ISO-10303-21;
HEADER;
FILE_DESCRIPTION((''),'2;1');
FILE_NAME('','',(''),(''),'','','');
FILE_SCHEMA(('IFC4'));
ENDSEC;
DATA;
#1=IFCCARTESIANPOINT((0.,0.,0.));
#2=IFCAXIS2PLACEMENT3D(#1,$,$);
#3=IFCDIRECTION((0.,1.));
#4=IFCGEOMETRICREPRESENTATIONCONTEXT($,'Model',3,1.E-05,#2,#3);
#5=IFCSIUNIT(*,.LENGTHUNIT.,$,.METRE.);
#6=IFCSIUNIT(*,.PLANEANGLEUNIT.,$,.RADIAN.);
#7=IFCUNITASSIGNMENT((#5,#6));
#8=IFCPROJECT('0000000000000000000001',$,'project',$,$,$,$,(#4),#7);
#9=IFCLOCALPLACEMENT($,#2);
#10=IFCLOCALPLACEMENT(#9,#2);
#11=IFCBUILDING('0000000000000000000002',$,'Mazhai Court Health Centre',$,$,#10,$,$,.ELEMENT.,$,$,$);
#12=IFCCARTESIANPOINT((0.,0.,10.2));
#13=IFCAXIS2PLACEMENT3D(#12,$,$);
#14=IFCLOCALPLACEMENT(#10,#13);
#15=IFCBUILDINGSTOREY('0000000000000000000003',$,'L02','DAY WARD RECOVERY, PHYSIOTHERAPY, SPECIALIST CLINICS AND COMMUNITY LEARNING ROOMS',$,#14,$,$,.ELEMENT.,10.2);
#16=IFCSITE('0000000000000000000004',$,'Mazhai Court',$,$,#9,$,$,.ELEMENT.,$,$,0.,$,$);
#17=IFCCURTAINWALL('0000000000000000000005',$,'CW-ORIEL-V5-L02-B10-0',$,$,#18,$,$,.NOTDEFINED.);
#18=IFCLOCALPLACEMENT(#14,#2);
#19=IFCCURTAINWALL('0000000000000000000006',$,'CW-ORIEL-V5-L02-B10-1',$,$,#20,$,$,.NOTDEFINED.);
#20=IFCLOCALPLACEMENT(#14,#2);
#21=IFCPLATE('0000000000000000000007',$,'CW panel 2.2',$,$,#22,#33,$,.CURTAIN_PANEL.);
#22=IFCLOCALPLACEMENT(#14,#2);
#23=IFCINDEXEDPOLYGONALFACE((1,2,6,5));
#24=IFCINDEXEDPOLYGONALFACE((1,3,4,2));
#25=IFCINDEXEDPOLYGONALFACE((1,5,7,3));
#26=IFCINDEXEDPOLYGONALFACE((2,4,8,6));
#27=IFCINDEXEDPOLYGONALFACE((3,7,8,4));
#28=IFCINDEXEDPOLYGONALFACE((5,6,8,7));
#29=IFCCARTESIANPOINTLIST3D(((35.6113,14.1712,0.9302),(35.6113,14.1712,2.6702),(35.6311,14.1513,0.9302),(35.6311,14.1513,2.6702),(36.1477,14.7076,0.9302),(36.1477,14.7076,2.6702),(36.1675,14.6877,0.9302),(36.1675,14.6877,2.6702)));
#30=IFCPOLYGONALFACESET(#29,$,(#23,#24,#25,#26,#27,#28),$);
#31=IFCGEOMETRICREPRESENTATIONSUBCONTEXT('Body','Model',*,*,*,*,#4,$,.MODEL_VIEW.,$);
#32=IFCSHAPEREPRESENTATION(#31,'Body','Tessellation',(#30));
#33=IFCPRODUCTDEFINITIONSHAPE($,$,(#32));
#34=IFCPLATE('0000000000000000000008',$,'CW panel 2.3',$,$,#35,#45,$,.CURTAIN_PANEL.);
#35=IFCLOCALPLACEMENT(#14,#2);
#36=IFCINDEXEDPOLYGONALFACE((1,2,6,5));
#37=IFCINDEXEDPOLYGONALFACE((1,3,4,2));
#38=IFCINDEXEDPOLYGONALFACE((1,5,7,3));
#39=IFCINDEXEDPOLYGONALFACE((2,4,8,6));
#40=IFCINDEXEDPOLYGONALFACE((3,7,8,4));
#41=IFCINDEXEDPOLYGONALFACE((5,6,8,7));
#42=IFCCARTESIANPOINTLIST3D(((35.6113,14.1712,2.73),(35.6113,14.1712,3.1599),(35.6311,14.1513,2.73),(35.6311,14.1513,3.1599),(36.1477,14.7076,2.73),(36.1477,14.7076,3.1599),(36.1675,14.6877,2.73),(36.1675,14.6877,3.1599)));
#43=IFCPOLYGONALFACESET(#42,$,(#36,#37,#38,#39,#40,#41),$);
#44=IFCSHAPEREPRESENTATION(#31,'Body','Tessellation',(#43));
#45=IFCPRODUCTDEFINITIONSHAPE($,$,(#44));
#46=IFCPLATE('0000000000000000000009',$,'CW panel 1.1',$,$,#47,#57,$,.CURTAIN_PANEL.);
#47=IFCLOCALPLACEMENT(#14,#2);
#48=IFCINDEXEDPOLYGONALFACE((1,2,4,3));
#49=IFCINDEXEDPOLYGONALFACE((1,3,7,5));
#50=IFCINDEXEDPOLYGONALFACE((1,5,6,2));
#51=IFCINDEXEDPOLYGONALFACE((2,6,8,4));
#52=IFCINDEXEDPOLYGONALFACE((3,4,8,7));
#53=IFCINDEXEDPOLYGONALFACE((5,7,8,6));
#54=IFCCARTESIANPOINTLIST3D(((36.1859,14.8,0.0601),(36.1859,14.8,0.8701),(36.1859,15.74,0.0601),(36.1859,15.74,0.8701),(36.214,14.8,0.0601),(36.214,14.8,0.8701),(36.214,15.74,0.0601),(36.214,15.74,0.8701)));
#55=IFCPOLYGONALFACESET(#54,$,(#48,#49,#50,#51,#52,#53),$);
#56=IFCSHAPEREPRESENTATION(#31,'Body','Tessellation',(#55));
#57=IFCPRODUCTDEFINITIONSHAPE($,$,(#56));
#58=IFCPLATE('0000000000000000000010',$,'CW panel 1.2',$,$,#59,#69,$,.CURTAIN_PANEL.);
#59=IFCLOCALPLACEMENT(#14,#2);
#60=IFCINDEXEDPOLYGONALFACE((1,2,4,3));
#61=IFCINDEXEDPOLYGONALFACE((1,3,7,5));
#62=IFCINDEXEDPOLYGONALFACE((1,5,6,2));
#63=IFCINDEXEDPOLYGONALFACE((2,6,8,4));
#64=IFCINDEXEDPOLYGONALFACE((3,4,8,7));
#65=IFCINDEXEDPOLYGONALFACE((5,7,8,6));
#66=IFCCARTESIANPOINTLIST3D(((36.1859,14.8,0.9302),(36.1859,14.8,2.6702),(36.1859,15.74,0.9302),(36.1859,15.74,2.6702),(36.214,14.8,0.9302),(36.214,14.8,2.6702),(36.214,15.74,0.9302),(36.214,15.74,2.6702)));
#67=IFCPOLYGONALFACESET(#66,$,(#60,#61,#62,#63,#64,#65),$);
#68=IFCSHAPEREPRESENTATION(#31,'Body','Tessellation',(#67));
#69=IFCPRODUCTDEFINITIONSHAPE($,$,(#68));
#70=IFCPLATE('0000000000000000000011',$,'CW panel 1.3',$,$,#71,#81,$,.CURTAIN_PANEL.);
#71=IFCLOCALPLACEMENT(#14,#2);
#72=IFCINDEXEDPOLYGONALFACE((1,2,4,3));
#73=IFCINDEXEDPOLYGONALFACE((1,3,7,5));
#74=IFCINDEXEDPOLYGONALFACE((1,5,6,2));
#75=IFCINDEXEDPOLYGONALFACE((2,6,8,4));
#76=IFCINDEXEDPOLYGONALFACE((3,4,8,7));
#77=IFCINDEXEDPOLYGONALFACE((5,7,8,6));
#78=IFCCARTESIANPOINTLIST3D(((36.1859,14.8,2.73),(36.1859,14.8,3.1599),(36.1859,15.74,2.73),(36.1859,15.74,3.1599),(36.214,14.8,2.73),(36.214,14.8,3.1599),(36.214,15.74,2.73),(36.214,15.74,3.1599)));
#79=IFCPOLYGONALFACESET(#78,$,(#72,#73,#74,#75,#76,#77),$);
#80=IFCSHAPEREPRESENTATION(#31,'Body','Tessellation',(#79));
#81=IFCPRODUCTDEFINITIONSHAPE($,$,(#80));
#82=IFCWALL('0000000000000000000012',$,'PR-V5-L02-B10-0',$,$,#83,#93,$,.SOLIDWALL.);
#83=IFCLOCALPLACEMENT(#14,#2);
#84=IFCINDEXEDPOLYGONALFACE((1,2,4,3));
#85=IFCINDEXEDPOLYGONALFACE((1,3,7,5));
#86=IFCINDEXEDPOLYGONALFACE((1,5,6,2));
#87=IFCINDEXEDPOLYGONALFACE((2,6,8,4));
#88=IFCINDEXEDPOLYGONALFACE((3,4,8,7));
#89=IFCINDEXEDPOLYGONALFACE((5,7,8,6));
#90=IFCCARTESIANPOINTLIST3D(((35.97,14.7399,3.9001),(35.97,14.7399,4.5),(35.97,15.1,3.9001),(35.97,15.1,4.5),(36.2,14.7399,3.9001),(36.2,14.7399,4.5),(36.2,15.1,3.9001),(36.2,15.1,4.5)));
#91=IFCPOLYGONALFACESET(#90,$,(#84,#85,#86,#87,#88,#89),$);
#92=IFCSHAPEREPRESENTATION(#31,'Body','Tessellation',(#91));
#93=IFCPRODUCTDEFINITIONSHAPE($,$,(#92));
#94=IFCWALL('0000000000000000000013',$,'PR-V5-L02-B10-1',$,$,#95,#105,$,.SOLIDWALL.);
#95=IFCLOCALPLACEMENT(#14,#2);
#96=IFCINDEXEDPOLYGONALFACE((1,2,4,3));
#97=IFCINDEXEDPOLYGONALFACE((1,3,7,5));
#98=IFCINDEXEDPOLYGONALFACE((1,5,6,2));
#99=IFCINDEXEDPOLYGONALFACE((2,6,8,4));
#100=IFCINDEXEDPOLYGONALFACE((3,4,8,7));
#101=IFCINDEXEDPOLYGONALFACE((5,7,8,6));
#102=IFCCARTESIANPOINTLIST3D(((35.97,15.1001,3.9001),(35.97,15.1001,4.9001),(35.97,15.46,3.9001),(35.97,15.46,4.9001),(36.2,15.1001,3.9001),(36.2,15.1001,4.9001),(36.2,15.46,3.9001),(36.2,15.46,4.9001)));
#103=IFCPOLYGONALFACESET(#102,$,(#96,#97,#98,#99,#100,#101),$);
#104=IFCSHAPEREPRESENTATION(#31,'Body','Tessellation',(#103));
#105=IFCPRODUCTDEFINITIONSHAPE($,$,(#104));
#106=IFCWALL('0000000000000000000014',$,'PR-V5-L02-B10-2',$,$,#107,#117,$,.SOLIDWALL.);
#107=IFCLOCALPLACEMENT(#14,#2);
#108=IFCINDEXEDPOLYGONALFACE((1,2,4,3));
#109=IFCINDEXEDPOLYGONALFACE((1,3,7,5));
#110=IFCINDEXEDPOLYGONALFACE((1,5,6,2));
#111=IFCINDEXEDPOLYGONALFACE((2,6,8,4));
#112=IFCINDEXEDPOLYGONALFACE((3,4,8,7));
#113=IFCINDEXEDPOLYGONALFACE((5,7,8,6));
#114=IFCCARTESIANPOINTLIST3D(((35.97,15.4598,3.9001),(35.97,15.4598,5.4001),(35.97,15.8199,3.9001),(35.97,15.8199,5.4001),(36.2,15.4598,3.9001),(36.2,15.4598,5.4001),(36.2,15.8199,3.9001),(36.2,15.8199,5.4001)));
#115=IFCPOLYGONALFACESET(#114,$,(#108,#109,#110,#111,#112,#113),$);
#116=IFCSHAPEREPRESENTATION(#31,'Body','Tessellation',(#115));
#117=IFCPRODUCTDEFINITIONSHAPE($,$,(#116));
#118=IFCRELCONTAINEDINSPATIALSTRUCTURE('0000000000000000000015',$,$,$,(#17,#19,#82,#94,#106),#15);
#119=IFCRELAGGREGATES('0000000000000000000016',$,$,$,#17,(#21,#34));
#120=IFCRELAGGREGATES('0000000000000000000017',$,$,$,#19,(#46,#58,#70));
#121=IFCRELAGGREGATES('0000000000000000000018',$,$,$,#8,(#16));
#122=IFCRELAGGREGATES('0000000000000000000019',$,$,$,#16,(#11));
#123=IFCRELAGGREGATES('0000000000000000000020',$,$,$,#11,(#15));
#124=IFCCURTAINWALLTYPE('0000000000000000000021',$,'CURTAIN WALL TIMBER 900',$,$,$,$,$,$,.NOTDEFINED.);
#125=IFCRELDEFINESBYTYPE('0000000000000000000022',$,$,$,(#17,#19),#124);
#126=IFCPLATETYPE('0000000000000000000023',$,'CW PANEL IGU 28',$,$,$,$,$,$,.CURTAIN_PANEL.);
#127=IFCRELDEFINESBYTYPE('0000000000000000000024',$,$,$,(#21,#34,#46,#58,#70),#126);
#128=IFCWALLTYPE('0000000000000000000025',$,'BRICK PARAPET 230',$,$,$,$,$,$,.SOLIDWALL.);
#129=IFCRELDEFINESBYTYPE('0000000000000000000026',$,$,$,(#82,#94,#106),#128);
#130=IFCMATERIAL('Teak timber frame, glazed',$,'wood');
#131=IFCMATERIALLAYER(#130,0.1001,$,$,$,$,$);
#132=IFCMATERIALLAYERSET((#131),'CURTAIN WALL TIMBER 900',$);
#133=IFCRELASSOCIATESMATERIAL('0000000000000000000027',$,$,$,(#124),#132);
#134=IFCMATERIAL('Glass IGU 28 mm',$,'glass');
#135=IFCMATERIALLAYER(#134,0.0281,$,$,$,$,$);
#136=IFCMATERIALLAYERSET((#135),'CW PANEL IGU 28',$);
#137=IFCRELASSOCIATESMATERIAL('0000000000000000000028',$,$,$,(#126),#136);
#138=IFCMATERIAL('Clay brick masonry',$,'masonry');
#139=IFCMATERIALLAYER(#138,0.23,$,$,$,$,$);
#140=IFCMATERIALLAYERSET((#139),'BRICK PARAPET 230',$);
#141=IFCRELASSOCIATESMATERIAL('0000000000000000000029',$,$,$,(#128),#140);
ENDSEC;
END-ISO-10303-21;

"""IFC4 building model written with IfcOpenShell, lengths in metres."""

from ifc_helpers import new_model, si_unit, direction, frame, frame_2d, origin, origin_2d, place, context, subcontext, project, spatial, rectangle, extrude, material, layer, layer_set, type_object, element, aggregate, save


model = new_model("IFC4")

# Units and contexts
model_context = context("Model", 3, precision=1e-05, world=origin(), true_north=direction((0.0, 1.0)))
body_context = subcontext(model_context, "Body", "Model", "MODEL_VIEW")
ifc_project = project(units=[si_unit("LENGTHUNIT", "METRE"), si_unit("PLANEANGLEUNIT", "RADIAN")], contexts=[model_context])

# Site, building, storey
site_placement = place(None, origin())
site = spatial("IfcSite", under=ifc_project, at=site_placement, Name="Mazhai Court", CompositionType="ELEMENT", RefElevation=0.0)
building_placement = place(site_placement, origin())
building = spatial("IfcBuilding", under=site, at=building_placement, Name="Mazhai Court Health Centre", CompositionType="ELEMENT")
storey_placement = place(building_placement, frame((0.0, 0.0, 10.2)))
storey = spatial("IfcBuildingStorey", under=building, at=storey_placement, Name="L02", Description="DAY WARD RECOVERY, PHYSIOTHERAPY, SPECIALIST CLINICS AND COMMUNITY LEARNING ROOMS", CompositionType="ELEMENT", Elevation=10.2)

# Curtain wall
ifc_material_1 = material(Name="Teak timber frame, glazed", Category="wood")
ifc_layer_1 = layer(ifc_material_1, 0.1001)
ifc_layer_set_1 = layer_set([ifc_layer_1], Name="CURTAIN WALL TIMBER 900")
curtain_wall_type = type_object("IfcCurtainWallType", Name="CURTAIN WALL TIMBER 900", PredefinedType="NOTDEFINED", material=ifc_layer_set_1)
curtain_wall_1_placement = place(storey_placement, origin())
curtain_wall_1 = element("IfcCurtainWall", 1, at=curtain_wall_1_placement, inside=storey, type_object=curtain_wall_type, Name="CW-ORIEL-V5-L02-B10-0", PredefinedType="NOTDEFINED")

# Curtain wall
curtain_wall_2_placement = place(storey_placement, origin())
curtain_wall_2 = element("IfcCurtainWall", 2, at=curtain_wall_2_placement, inside=storey, type_object=curtain_wall_type, Name="CW-ORIEL-V5-L02-B10-1", PredefinedType="NOTDEFINED")

# Plates
ifc_material_2 = material(Name="Glass IGU 28 mm", Category="glass")
ifc_layer_2 = layer(ifc_material_2, 0.0281)
ifc_layer_set_2 = layer_set([ifc_layer_2], Name="CW PANEL IGU 28")
plate_type = type_object("IfcPlateType", Name="CW PANEL IGU 28", PredefinedType="CURTAIN_PANEL", material=ifc_layer_set_2)
plate_1_placement = place(storey_placement, frame((35.8894, 14.4294, 0.9302), z_axis=(0.0, 0.0, 1.0), x_axis=(0.707107, 0.707107, 0.0)))
plate_1 = element("IfcPlate", 3, at=plate_1_placement, type_object=plate_type, Name="CW panel 2.2", PredefinedType="CURTAIN_PANEL", context=body_context, shape_type="SweptSolid", body=[
    extrude(rectangle(XDim=0.7585, YDim=0.0281, at=origin_2d()), origin(), (0.0, 0.0, 1.0), 1.74),
])
plate_2_placement = place(storey_placement, frame((35.8894, 14.4294, 2.73), z_axis=(0.0, 0.0, 1.0), x_axis=(0.707107, 0.707107, 0.0)))
plate_2 = element("IfcPlate", 4, at=plate_2_placement, type_object=plate_type, Name="CW panel 2.3", PredefinedType="CURTAIN_PANEL", context=body_context, shape_type="SweptSolid", body=[
    extrude(rectangle(XDim=0.7585, YDim=0.0281, at=origin_2d()), origin(), (0.0, 0.0, 1.0), 0.4299),
])
aggregate(curtain_wall_1, [plate_1, plate_2])
plate_3_placement = place(storey_placement, frame((36.2, 15.27, 0.0601), z_axis=(0.0, 0.0, 1.0), x_axis=(0.0, 1.0, 0.0)))
plate_3 = element("IfcPlate", 5, at=plate_3_placement, type_object=plate_type, Name="CW panel 1.1", PredefinedType="CURTAIN_PANEL", context=body_context, shape_type="SweptSolid", body=[
    extrude(rectangle(XDim=0.9399, YDim=0.0281, at=origin_2d()), origin(), (0.0, 0.0, 1.0), 0.8101),
])
plate_4_placement = place(storey_placement, frame((36.2, 15.27, 0.9302), z_axis=(0.0, 0.0, 1.0), x_axis=(0.0, 1.0, 0.0)))
plate_4 = element("IfcPlate", 6, at=plate_4_placement, type_object=plate_type, Name="CW panel 1.2", PredefinedType="CURTAIN_PANEL", context=body_context, shape_type="SweptSolid", body=[
    extrude(rectangle(XDim=0.9399, YDim=0.0281, at=origin_2d()), origin(), (0.0, 0.0, 1.0), 1.74),
])
plate_5_placement = place(storey_placement, frame((36.2, 15.27, 2.73), z_axis=(0.0, 0.0, 1.0), x_axis=(0.0, 1.0, 0.0)))
plate_5 = element("IfcPlate", 7, at=plate_5_placement, type_object=plate_type, Name="CW panel 1.3", PredefinedType="CURTAIN_PANEL", context=body_context, shape_type="SweptSolid", body=[
    extrude(rectangle(XDim=0.9399, YDim=0.0281, at=origin_2d()), origin(), (0.0, 0.0, 1.0), 0.4299),
])
aggregate(curtain_wall_2, [plate_3, plate_4, plate_5])

# Walls
ifc_material_3 = material(Name="Clay brick masonry", Category="masonry")
ifc_layer_3 = layer(ifc_material_3, 0.23)
ifc_layer_set_3 = layer_set([ifc_layer_3], Name="BRICK PARAPET 230")
wall_type = type_object("IfcWallType", Name="BRICK PARAPET 230", PredefinedType="SOLIDWALL", material=ifc_layer_set_3)
wall_1_placement = place(storey_placement, frame((36.085, 15.1001, 3.9001), z_axis=(0.0, 0.0, 1.0), x_axis=(0.0, -1.0, 0.0)))
element("IfcWall", 8, at=wall_1_placement, inside=storey, type_object=wall_type, Name="PR-V5-L02-B10-0", PredefinedType="SOLIDWALL", context=body_context, shape_type="SweptSolid", body=[
    extrude(rectangle(XDim=0.3601, YDim=0.23, at=frame_2d((0.1802, 0.0))), origin(), (0.0, 0.0, 1.0), 0.5999),
])
wall_2_placement = place(storey_placement, frame((36.085, 15.46, 3.9001), z_axis=(0.0, 0.0, 1.0), x_axis=(0.0, -1.0, 0.0)))
element("IfcWall", 9, at=wall_2_placement, inside=storey, type_object=wall_type, Name="PR-V5-L02-B10-1", PredefinedType="SOLIDWALL", context=body_context, shape_type="SweptSolid", body=[
    extrude(rectangle(XDim=0.3599, YDim=0.23, at=frame_2d((0.1799, 0.0))), origin(), (0.0, 0.0, 1.0), 1.0),
])
wall_3_placement = place(storey_placement, frame((36.085, 15.8201, 3.9001), z_axis=(0.0, 0.0, 1.0), x_axis=(0.0, -1.0, 0.0)))
element("IfcWall", 10, at=wall_3_placement, inside=storey, type_object=wall_type, Name="PR-V5-L02-B10-2", PredefinedType="SOLIDWALL", context=body_context, shape_type="SweptSolid", body=[
    extrude(rectangle(XDim=0.3601, YDim=0.23, at=frame_2d((0.1802, 0.0))), origin(), (0.0, 0.0, 1.0), 1.5),
])

save(model, "model.ifc")
